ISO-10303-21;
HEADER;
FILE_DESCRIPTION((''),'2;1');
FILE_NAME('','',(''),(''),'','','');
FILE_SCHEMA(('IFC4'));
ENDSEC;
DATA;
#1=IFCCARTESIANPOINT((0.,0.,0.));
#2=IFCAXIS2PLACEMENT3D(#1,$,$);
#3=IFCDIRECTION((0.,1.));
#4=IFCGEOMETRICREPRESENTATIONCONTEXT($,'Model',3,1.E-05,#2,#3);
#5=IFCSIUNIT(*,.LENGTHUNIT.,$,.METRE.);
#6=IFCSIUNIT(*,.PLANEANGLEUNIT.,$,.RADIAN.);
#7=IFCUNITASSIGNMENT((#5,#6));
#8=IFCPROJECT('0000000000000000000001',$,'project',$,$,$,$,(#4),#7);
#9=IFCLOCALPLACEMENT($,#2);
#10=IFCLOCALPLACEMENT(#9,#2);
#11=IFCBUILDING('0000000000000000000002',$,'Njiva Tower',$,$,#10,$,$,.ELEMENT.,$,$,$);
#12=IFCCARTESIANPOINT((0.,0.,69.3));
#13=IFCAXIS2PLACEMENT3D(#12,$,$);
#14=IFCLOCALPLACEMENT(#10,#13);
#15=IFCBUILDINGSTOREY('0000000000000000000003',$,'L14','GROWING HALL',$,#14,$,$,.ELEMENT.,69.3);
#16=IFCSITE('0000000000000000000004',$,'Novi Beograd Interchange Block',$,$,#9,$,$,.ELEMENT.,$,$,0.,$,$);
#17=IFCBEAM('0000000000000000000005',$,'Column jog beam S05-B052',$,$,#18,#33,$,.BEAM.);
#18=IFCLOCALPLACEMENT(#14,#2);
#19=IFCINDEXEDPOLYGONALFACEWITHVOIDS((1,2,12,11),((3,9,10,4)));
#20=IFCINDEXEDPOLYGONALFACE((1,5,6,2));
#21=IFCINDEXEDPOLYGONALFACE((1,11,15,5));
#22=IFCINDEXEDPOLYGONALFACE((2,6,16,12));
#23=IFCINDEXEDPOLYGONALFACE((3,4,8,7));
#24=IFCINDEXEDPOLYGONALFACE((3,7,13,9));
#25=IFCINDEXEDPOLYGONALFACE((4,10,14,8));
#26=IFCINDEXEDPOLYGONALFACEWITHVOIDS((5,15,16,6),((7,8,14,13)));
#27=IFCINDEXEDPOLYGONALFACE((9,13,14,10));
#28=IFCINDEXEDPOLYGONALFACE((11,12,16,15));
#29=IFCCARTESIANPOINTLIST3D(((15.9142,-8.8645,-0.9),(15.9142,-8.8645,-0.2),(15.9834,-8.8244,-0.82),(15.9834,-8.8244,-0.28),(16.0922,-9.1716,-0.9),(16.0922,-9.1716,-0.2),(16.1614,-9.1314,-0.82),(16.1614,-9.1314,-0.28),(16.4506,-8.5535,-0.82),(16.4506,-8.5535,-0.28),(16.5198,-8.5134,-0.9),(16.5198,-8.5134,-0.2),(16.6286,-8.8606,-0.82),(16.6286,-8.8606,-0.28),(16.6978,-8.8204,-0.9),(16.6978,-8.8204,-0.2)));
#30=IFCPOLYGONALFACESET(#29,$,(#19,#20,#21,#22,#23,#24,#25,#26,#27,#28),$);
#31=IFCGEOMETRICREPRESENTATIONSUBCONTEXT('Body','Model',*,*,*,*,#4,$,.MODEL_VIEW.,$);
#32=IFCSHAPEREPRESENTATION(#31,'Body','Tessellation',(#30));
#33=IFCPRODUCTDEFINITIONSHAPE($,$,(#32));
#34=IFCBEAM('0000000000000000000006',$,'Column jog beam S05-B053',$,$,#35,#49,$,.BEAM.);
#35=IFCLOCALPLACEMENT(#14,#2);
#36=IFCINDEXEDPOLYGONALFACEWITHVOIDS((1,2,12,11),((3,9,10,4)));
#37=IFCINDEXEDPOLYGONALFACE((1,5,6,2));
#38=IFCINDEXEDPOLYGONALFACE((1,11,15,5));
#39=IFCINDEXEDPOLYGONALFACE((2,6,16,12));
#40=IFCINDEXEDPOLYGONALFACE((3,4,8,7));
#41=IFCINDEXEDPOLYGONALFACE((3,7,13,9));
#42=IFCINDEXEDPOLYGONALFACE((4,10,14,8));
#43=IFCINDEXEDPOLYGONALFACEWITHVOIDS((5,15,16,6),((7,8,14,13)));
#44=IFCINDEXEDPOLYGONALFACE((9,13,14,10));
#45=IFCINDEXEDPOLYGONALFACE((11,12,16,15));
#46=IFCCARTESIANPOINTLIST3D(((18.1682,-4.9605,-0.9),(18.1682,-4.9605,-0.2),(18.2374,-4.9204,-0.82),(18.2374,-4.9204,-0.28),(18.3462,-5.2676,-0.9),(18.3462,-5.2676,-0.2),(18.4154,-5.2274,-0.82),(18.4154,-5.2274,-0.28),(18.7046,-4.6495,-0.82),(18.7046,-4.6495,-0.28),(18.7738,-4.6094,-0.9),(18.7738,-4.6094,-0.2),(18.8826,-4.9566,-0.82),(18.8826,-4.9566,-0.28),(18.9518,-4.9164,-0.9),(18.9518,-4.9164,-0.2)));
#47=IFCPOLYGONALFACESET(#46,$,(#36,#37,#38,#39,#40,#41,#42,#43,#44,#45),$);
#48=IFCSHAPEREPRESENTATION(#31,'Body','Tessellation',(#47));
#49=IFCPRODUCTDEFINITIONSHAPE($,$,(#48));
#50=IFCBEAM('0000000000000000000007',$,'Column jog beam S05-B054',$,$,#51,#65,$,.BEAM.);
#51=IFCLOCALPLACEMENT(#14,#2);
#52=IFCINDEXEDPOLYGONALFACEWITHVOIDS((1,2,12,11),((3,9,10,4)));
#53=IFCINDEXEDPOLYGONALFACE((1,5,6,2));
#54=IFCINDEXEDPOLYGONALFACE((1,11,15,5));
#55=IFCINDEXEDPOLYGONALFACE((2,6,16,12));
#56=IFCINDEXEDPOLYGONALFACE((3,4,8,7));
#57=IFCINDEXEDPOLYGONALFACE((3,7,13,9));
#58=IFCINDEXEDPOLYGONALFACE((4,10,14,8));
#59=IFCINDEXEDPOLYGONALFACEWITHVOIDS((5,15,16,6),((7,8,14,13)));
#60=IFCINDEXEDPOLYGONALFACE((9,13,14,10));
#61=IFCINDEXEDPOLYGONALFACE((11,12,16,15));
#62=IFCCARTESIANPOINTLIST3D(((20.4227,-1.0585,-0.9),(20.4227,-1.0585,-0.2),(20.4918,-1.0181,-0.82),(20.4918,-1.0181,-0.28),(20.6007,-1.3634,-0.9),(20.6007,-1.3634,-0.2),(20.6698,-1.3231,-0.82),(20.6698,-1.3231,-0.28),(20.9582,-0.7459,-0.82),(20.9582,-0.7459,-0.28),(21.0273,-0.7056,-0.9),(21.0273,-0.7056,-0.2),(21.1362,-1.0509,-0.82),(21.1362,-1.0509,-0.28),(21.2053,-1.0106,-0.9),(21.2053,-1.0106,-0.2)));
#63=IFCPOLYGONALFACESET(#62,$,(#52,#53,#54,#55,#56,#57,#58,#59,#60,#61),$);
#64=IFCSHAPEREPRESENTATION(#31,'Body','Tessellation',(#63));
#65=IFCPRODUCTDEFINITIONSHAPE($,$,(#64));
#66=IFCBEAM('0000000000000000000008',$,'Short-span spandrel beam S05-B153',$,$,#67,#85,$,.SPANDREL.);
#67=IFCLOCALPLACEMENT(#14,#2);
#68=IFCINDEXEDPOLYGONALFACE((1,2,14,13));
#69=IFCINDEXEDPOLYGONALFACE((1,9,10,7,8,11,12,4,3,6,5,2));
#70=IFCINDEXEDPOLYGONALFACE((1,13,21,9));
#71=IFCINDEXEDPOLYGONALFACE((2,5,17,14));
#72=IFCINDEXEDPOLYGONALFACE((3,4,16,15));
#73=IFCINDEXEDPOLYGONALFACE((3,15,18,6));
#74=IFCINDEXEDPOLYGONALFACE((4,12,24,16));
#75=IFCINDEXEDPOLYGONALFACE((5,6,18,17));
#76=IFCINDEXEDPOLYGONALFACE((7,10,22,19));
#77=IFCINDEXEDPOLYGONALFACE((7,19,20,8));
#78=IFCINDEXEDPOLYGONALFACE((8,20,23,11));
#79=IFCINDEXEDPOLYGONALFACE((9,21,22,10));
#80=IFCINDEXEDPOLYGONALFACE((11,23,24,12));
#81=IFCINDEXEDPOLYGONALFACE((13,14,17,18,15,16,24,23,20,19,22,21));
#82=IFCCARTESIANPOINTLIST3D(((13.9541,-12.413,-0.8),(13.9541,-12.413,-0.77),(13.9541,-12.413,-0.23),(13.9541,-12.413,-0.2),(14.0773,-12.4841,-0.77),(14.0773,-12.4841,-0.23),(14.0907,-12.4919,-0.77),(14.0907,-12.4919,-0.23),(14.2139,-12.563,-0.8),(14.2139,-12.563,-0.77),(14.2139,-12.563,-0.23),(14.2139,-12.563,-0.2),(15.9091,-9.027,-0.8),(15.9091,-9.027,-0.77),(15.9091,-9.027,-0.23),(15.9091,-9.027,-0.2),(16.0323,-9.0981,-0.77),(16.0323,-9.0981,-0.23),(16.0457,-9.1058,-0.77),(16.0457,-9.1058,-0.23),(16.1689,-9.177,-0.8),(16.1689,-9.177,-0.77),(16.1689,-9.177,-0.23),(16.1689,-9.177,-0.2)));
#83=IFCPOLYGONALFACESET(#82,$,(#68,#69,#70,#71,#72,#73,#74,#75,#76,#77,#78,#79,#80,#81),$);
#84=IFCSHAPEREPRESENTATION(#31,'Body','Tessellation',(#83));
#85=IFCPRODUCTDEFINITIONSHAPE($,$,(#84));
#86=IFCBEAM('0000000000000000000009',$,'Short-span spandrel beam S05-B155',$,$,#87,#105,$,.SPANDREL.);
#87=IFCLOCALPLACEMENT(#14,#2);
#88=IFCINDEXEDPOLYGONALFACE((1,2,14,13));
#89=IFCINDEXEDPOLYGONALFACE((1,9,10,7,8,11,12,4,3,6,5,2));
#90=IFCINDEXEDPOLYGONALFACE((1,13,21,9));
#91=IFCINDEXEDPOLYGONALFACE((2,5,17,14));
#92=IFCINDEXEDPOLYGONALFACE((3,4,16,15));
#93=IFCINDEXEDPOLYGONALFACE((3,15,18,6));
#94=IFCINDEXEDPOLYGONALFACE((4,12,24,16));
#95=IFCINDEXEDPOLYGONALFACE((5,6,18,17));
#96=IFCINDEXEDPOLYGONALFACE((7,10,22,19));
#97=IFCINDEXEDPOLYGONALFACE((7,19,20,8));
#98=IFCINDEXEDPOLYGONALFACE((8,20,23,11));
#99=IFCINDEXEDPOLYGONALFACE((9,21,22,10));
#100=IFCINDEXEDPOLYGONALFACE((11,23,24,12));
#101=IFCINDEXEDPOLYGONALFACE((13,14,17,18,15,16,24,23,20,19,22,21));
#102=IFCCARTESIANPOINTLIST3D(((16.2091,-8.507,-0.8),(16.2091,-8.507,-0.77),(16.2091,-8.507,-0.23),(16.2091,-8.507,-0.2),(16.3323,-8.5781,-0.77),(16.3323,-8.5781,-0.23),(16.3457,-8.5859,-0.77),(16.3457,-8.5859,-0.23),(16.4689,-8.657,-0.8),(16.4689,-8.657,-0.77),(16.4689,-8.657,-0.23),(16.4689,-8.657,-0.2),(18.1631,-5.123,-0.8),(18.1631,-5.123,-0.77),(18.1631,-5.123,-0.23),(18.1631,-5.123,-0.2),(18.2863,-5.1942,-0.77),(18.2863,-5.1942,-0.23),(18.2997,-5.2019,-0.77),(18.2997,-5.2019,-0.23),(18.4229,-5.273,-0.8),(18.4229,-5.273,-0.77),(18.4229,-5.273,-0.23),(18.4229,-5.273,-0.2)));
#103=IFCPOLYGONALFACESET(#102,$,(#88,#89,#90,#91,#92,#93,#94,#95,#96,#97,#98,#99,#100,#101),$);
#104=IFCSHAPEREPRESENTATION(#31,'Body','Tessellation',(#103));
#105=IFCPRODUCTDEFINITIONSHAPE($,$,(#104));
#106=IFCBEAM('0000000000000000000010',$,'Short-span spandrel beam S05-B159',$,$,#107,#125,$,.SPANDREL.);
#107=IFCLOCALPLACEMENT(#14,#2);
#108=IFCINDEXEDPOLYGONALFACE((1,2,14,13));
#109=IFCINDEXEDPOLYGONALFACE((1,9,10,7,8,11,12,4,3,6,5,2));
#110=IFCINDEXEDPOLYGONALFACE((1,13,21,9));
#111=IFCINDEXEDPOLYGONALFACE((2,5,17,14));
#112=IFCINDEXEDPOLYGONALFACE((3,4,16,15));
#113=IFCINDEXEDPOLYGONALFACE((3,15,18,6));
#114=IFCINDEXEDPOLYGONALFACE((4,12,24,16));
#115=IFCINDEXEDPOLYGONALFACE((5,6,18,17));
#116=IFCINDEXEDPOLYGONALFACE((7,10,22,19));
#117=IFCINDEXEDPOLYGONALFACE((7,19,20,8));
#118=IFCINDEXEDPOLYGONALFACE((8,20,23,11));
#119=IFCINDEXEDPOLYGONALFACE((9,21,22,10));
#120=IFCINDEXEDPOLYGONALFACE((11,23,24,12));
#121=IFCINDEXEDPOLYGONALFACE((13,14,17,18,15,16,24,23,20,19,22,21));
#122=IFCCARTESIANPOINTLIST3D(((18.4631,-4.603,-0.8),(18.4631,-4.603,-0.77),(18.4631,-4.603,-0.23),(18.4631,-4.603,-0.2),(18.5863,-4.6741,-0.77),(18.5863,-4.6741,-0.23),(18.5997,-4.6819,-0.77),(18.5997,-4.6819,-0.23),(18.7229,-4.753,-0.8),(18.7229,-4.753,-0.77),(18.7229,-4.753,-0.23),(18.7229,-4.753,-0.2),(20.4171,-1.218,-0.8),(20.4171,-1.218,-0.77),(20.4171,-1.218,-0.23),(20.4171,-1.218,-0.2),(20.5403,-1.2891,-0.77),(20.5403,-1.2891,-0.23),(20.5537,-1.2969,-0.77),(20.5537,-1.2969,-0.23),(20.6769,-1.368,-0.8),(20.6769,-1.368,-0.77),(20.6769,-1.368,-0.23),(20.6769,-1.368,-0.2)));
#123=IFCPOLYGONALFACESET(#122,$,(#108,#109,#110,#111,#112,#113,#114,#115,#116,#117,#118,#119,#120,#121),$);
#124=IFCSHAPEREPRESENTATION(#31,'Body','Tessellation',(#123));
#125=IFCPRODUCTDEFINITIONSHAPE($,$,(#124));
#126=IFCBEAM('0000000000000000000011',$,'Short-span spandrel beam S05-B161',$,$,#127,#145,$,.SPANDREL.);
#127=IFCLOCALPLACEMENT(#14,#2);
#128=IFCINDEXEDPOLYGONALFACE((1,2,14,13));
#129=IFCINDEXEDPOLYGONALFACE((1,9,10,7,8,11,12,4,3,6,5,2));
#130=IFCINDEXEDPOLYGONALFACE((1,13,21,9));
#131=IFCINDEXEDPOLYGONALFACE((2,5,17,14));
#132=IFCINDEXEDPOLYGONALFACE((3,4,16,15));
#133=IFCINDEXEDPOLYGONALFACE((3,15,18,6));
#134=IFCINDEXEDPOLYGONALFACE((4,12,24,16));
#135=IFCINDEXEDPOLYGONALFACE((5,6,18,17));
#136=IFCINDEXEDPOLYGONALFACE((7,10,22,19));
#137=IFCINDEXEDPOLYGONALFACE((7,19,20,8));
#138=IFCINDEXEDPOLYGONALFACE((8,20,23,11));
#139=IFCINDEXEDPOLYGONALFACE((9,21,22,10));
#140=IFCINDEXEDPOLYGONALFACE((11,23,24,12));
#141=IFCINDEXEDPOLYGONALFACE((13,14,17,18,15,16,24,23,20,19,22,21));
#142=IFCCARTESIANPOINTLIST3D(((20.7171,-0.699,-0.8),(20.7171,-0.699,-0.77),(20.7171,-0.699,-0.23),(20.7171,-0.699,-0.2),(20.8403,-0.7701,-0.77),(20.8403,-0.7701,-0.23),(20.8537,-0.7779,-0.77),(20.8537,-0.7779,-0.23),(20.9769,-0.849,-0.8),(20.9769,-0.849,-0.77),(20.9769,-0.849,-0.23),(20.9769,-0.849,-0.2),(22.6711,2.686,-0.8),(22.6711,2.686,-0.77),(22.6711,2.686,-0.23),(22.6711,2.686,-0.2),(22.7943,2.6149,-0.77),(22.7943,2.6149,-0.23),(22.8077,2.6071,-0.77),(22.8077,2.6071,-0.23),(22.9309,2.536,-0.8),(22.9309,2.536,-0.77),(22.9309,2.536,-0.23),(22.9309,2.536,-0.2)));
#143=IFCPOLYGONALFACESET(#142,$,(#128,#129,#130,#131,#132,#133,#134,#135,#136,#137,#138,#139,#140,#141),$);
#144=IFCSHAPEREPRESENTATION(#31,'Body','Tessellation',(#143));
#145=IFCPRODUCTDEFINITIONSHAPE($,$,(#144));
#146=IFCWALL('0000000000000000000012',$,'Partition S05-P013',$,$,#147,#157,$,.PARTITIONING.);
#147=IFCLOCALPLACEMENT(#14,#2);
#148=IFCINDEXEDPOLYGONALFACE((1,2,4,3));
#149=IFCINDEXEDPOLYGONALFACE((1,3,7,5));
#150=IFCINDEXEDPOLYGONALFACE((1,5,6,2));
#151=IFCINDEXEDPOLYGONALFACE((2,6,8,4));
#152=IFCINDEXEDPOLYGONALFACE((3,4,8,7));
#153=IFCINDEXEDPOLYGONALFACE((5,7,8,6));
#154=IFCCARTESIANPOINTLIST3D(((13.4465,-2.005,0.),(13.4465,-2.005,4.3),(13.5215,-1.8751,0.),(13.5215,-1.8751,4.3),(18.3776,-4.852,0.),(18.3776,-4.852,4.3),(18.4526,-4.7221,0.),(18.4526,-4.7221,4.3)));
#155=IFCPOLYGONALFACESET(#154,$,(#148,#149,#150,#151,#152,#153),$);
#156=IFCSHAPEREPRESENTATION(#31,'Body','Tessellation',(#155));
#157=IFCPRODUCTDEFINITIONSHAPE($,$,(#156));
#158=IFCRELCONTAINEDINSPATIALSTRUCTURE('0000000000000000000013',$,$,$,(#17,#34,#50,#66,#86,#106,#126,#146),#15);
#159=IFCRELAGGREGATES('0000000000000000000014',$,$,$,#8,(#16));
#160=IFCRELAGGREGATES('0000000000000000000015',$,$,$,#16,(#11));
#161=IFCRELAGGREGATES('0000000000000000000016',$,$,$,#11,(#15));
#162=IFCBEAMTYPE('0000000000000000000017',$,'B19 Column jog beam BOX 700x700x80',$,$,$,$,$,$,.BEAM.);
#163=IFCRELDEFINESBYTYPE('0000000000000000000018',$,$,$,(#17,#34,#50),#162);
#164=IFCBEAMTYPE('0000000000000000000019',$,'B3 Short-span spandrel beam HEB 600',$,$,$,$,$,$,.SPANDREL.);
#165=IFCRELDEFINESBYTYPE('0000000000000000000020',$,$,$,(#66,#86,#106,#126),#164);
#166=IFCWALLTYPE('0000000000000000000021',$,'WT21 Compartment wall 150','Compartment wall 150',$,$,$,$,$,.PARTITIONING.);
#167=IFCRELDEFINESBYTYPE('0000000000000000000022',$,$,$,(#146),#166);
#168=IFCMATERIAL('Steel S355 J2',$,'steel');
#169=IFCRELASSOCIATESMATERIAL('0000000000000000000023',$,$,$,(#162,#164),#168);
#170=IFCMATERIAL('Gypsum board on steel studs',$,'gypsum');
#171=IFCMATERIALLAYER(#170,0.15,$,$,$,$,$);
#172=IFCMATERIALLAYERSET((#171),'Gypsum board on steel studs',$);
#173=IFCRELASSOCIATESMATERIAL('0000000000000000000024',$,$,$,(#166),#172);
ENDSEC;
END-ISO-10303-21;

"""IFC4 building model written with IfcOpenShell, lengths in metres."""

from ifc_helpers import new_model, si_unit, direction, frame, frame_2d, origin, origin_2d, place, context, subcontext, project, spatial, rectangle, hollow_rectangle, i_section, extrude, material, layer, layer_set, material_profile, profile_set, type_object, element, save


model = new_model("IFC4")

# Units and contexts
model_context = context("Model", 3, precision=1e-05, world=origin(), true_north=direction((0.0, 1.0)))
body_context = subcontext(model_context, "Body", "Model", "MODEL_VIEW")
ifc_project = project(units=[si_unit("LENGTHUNIT", "METRE"), si_unit("PLANEANGLEUNIT", "RADIAN")], contexts=[model_context])

# Site, building, storey
site_placement = place(None, origin())
site = spatial("IfcSite", under=ifc_project, at=site_placement, Name="Novi Beograd Interchange Block", CompositionType="ELEMENT", RefElevation=0.0)
building_placement = place(site_placement, origin())
building = spatial("IfcBuilding", under=site, at=building_placement, Name="Njiva Tower", CompositionType="ELEMENT")
storey_placement = place(building_placement, frame((0.0, 0.0, 69.3)))
storey = spatial("IfcBuildingStorey", under=building, at=storey_placement, Name="L14", Description="GROWING HALL", CompositionType="ELEMENT", Elevation=69.3)

# Shared definitions
ifc_material_1 = material(Name="Steel S355 J2", Category="steel")

# Beams
ifc_material_profile_1 = material_profile(ifc_material_1, hollow_rectangle(XDim=0.7, YDim=0.7, WallThickness=0.08, at=origin_2d()), Name="BOX 700x700x80")
ifc_profile_set_1 = profile_set([ifc_material_profile_1], Name="Steel S355 J2")
beam_type_1 = type_object("IfcBeamType", Name="B19 Column jog beam BOX 700x700x80", PredefinedType="BEAM", material=ifc_profile_set_1)
for number, where, z_axis, x_axis, name in (
    (1, (16.395, -8.996, -0.55), (-0.501592, 0.865105, 0.0), (-0.865105, -0.501592, 0.0), "Column jog beam S05-B052"),
    (2, (18.649, -5.092, -0.55), (-0.501592, 0.865105, 0.0), (-0.865105, -0.501592, 0.0), "Column jog beam S05-B053"),
):
    element("IfcBeam", number, at=place(storey_placement, frame(where, z_axis=z_axis, x_axis=x_axis)), inside=storey, type_object=beam_type_1, Name=name, PredefinedType="BEAM", context=body_context, shape_type="SweptSolid", body=[
        extrude(hollow_rectangle(XDim=0.7, YDim=0.7, WallThickness=0.08, at=origin_2d()), origin(), (0.0, 0.0, 1.0), 0.3549),
    ])
beam_1_placement = place(storey_placement, frame((20.903, -1.187, -0.55), z_axis=(-0.504047, 0.863676, 0.0), x_axis=(-0.863676, -0.504047, 0.0)))
element("IfcBeam", 3, at=beam_1_placement, inside=storey, type_object=beam_type_1, Name="Column jog beam S05-B054", PredefinedType="BEAM", context=body_context, shape_type="SweptSolid", body=[
    extrude(hollow_rectangle(XDim=0.7, YDim=0.7, WallThickness=0.08, at=origin_2d()), origin(), (0.0, 0.0, 1.0), 0.3531),
])
ifc_material_profile_2 = material_profile(ifc_material_1, i_section(OverallWidth=0.3, OverallDepth=0.6, WebThickness=0.0155, FlangeThickness=0.03, at=origin_2d()), Name="HEB 600")
ifc_profile_set_2 = profile_set([ifc_material_profile_2], Name="Steel S355 J2")
beam_type_2 = type_object("IfcBeamType", Name="B3 Short-span spandrel beam HEB 600", PredefinedType="SPANDREL", material=ifc_profile_set_2)
beam_2_placement = place(storey_placement, frame((14.084, -12.488, -0.5), z_axis=(0.500018, 0.866015, 0.0), x_axis=(-0.866015, 0.500018, 0.0)))
element("IfcBeam", 4, at=beam_2_placement, inside=storey, type_object=beam_type_2, Name="Short-span spandrel beam S05-B153", PredefinedType="SPANDREL", context=body_context, shape_type="SweptSolid", body=[
    extrude(i_section(OverallWidth=0.3, OverallDepth=0.6, WebThickness=0.0155, FlangeThickness=0.03, at=origin_2d()), origin(), (0.0, 0.0, 1.0), 3.9099),
])
beam_3_placement = place(storey_placement, frame((16.339, -8.582, -0.5), z_axis=(0.500047, 0.865998, 0.0), x_axis=(-0.865998, 0.500047, 0.0)))
element("IfcBeam", 5, at=beam_3_placement, inside=storey, type_object=beam_type_2, Name="Short-span spandrel beam S05-B155", PredefinedType="SPANDREL", context=body_context, shape_type="SweptSolid", body=[
    extrude(i_section(OverallWidth=0.3, OverallDepth=0.6, WebThickness=0.0155, FlangeThickness=0.03, at=origin_2d()), origin(), (0.0, 0.0, 1.0), 3.9076),
])
for number, where, z_axis, x_axis, name in (
    (6, (18.593, -4.678, -0.5), (0.499937, 0.866062, 0.0), (-0.866062, 0.499937, 0.0), "Short-span spandrel beam S05-B159"),
    (7, (20.847, -0.774, -0.5), (0.499937, 0.866062, 0.0), (-0.866062, 0.499937, 0.0), "Short-span spandrel beam S05-B161"),
):
    element("IfcBeam", number, at=place(storey_placement, frame(where, z_axis=z_axis, x_axis=x_axis)), inside=storey, type_object=beam_type_2, Name=name, PredefinedType="SPANDREL", context=body_context, shape_type="SweptSolid", body=[
        extrude(i_section(OverallWidth=0.3, OverallDepth=0.6, WebThickness=0.0155, FlangeThickness=0.03, at=origin_2d()), origin(), (0.0, 0.0, 1.0), 3.9085),
    ])

# Wall
ifc_material_2 = material(Name="Gypsum board on steel studs", Category="gypsum")
ifc_layer = layer(ifc_material_2, 0.15)
ifc_layer_set = layer_set([ifc_layer], Name="Gypsum board on steel studs")
wall_type = type_object("IfcWallType", Name="WT21 Compartment wall 150", Description="Compartment wall 150", PredefinedType="PARTITIONING", material=ifc_layer_set)
wall_1_placement = place(storey_placement, frame((13.484, -1.94, 0.0), z_axis=(0.0, 0.0, 1.0), x_axis=(0.866019, -0.500011, 0.0)))
element("IfcWall", 8, at=wall_1_placement, inside=storey, type_object=wall_type, Name="Partition S05-P013", PredefinedType="PARTITIONING", context=body_context, shape_type="SweptSolid", body=[
    extrude(rectangle(XDim=5.6939, YDim=0.15, at=frame_2d((2.847, 0.0))), origin(), (0.0, 0.0, 1.0), 4.3),
])

save(model, "model.ifc")
